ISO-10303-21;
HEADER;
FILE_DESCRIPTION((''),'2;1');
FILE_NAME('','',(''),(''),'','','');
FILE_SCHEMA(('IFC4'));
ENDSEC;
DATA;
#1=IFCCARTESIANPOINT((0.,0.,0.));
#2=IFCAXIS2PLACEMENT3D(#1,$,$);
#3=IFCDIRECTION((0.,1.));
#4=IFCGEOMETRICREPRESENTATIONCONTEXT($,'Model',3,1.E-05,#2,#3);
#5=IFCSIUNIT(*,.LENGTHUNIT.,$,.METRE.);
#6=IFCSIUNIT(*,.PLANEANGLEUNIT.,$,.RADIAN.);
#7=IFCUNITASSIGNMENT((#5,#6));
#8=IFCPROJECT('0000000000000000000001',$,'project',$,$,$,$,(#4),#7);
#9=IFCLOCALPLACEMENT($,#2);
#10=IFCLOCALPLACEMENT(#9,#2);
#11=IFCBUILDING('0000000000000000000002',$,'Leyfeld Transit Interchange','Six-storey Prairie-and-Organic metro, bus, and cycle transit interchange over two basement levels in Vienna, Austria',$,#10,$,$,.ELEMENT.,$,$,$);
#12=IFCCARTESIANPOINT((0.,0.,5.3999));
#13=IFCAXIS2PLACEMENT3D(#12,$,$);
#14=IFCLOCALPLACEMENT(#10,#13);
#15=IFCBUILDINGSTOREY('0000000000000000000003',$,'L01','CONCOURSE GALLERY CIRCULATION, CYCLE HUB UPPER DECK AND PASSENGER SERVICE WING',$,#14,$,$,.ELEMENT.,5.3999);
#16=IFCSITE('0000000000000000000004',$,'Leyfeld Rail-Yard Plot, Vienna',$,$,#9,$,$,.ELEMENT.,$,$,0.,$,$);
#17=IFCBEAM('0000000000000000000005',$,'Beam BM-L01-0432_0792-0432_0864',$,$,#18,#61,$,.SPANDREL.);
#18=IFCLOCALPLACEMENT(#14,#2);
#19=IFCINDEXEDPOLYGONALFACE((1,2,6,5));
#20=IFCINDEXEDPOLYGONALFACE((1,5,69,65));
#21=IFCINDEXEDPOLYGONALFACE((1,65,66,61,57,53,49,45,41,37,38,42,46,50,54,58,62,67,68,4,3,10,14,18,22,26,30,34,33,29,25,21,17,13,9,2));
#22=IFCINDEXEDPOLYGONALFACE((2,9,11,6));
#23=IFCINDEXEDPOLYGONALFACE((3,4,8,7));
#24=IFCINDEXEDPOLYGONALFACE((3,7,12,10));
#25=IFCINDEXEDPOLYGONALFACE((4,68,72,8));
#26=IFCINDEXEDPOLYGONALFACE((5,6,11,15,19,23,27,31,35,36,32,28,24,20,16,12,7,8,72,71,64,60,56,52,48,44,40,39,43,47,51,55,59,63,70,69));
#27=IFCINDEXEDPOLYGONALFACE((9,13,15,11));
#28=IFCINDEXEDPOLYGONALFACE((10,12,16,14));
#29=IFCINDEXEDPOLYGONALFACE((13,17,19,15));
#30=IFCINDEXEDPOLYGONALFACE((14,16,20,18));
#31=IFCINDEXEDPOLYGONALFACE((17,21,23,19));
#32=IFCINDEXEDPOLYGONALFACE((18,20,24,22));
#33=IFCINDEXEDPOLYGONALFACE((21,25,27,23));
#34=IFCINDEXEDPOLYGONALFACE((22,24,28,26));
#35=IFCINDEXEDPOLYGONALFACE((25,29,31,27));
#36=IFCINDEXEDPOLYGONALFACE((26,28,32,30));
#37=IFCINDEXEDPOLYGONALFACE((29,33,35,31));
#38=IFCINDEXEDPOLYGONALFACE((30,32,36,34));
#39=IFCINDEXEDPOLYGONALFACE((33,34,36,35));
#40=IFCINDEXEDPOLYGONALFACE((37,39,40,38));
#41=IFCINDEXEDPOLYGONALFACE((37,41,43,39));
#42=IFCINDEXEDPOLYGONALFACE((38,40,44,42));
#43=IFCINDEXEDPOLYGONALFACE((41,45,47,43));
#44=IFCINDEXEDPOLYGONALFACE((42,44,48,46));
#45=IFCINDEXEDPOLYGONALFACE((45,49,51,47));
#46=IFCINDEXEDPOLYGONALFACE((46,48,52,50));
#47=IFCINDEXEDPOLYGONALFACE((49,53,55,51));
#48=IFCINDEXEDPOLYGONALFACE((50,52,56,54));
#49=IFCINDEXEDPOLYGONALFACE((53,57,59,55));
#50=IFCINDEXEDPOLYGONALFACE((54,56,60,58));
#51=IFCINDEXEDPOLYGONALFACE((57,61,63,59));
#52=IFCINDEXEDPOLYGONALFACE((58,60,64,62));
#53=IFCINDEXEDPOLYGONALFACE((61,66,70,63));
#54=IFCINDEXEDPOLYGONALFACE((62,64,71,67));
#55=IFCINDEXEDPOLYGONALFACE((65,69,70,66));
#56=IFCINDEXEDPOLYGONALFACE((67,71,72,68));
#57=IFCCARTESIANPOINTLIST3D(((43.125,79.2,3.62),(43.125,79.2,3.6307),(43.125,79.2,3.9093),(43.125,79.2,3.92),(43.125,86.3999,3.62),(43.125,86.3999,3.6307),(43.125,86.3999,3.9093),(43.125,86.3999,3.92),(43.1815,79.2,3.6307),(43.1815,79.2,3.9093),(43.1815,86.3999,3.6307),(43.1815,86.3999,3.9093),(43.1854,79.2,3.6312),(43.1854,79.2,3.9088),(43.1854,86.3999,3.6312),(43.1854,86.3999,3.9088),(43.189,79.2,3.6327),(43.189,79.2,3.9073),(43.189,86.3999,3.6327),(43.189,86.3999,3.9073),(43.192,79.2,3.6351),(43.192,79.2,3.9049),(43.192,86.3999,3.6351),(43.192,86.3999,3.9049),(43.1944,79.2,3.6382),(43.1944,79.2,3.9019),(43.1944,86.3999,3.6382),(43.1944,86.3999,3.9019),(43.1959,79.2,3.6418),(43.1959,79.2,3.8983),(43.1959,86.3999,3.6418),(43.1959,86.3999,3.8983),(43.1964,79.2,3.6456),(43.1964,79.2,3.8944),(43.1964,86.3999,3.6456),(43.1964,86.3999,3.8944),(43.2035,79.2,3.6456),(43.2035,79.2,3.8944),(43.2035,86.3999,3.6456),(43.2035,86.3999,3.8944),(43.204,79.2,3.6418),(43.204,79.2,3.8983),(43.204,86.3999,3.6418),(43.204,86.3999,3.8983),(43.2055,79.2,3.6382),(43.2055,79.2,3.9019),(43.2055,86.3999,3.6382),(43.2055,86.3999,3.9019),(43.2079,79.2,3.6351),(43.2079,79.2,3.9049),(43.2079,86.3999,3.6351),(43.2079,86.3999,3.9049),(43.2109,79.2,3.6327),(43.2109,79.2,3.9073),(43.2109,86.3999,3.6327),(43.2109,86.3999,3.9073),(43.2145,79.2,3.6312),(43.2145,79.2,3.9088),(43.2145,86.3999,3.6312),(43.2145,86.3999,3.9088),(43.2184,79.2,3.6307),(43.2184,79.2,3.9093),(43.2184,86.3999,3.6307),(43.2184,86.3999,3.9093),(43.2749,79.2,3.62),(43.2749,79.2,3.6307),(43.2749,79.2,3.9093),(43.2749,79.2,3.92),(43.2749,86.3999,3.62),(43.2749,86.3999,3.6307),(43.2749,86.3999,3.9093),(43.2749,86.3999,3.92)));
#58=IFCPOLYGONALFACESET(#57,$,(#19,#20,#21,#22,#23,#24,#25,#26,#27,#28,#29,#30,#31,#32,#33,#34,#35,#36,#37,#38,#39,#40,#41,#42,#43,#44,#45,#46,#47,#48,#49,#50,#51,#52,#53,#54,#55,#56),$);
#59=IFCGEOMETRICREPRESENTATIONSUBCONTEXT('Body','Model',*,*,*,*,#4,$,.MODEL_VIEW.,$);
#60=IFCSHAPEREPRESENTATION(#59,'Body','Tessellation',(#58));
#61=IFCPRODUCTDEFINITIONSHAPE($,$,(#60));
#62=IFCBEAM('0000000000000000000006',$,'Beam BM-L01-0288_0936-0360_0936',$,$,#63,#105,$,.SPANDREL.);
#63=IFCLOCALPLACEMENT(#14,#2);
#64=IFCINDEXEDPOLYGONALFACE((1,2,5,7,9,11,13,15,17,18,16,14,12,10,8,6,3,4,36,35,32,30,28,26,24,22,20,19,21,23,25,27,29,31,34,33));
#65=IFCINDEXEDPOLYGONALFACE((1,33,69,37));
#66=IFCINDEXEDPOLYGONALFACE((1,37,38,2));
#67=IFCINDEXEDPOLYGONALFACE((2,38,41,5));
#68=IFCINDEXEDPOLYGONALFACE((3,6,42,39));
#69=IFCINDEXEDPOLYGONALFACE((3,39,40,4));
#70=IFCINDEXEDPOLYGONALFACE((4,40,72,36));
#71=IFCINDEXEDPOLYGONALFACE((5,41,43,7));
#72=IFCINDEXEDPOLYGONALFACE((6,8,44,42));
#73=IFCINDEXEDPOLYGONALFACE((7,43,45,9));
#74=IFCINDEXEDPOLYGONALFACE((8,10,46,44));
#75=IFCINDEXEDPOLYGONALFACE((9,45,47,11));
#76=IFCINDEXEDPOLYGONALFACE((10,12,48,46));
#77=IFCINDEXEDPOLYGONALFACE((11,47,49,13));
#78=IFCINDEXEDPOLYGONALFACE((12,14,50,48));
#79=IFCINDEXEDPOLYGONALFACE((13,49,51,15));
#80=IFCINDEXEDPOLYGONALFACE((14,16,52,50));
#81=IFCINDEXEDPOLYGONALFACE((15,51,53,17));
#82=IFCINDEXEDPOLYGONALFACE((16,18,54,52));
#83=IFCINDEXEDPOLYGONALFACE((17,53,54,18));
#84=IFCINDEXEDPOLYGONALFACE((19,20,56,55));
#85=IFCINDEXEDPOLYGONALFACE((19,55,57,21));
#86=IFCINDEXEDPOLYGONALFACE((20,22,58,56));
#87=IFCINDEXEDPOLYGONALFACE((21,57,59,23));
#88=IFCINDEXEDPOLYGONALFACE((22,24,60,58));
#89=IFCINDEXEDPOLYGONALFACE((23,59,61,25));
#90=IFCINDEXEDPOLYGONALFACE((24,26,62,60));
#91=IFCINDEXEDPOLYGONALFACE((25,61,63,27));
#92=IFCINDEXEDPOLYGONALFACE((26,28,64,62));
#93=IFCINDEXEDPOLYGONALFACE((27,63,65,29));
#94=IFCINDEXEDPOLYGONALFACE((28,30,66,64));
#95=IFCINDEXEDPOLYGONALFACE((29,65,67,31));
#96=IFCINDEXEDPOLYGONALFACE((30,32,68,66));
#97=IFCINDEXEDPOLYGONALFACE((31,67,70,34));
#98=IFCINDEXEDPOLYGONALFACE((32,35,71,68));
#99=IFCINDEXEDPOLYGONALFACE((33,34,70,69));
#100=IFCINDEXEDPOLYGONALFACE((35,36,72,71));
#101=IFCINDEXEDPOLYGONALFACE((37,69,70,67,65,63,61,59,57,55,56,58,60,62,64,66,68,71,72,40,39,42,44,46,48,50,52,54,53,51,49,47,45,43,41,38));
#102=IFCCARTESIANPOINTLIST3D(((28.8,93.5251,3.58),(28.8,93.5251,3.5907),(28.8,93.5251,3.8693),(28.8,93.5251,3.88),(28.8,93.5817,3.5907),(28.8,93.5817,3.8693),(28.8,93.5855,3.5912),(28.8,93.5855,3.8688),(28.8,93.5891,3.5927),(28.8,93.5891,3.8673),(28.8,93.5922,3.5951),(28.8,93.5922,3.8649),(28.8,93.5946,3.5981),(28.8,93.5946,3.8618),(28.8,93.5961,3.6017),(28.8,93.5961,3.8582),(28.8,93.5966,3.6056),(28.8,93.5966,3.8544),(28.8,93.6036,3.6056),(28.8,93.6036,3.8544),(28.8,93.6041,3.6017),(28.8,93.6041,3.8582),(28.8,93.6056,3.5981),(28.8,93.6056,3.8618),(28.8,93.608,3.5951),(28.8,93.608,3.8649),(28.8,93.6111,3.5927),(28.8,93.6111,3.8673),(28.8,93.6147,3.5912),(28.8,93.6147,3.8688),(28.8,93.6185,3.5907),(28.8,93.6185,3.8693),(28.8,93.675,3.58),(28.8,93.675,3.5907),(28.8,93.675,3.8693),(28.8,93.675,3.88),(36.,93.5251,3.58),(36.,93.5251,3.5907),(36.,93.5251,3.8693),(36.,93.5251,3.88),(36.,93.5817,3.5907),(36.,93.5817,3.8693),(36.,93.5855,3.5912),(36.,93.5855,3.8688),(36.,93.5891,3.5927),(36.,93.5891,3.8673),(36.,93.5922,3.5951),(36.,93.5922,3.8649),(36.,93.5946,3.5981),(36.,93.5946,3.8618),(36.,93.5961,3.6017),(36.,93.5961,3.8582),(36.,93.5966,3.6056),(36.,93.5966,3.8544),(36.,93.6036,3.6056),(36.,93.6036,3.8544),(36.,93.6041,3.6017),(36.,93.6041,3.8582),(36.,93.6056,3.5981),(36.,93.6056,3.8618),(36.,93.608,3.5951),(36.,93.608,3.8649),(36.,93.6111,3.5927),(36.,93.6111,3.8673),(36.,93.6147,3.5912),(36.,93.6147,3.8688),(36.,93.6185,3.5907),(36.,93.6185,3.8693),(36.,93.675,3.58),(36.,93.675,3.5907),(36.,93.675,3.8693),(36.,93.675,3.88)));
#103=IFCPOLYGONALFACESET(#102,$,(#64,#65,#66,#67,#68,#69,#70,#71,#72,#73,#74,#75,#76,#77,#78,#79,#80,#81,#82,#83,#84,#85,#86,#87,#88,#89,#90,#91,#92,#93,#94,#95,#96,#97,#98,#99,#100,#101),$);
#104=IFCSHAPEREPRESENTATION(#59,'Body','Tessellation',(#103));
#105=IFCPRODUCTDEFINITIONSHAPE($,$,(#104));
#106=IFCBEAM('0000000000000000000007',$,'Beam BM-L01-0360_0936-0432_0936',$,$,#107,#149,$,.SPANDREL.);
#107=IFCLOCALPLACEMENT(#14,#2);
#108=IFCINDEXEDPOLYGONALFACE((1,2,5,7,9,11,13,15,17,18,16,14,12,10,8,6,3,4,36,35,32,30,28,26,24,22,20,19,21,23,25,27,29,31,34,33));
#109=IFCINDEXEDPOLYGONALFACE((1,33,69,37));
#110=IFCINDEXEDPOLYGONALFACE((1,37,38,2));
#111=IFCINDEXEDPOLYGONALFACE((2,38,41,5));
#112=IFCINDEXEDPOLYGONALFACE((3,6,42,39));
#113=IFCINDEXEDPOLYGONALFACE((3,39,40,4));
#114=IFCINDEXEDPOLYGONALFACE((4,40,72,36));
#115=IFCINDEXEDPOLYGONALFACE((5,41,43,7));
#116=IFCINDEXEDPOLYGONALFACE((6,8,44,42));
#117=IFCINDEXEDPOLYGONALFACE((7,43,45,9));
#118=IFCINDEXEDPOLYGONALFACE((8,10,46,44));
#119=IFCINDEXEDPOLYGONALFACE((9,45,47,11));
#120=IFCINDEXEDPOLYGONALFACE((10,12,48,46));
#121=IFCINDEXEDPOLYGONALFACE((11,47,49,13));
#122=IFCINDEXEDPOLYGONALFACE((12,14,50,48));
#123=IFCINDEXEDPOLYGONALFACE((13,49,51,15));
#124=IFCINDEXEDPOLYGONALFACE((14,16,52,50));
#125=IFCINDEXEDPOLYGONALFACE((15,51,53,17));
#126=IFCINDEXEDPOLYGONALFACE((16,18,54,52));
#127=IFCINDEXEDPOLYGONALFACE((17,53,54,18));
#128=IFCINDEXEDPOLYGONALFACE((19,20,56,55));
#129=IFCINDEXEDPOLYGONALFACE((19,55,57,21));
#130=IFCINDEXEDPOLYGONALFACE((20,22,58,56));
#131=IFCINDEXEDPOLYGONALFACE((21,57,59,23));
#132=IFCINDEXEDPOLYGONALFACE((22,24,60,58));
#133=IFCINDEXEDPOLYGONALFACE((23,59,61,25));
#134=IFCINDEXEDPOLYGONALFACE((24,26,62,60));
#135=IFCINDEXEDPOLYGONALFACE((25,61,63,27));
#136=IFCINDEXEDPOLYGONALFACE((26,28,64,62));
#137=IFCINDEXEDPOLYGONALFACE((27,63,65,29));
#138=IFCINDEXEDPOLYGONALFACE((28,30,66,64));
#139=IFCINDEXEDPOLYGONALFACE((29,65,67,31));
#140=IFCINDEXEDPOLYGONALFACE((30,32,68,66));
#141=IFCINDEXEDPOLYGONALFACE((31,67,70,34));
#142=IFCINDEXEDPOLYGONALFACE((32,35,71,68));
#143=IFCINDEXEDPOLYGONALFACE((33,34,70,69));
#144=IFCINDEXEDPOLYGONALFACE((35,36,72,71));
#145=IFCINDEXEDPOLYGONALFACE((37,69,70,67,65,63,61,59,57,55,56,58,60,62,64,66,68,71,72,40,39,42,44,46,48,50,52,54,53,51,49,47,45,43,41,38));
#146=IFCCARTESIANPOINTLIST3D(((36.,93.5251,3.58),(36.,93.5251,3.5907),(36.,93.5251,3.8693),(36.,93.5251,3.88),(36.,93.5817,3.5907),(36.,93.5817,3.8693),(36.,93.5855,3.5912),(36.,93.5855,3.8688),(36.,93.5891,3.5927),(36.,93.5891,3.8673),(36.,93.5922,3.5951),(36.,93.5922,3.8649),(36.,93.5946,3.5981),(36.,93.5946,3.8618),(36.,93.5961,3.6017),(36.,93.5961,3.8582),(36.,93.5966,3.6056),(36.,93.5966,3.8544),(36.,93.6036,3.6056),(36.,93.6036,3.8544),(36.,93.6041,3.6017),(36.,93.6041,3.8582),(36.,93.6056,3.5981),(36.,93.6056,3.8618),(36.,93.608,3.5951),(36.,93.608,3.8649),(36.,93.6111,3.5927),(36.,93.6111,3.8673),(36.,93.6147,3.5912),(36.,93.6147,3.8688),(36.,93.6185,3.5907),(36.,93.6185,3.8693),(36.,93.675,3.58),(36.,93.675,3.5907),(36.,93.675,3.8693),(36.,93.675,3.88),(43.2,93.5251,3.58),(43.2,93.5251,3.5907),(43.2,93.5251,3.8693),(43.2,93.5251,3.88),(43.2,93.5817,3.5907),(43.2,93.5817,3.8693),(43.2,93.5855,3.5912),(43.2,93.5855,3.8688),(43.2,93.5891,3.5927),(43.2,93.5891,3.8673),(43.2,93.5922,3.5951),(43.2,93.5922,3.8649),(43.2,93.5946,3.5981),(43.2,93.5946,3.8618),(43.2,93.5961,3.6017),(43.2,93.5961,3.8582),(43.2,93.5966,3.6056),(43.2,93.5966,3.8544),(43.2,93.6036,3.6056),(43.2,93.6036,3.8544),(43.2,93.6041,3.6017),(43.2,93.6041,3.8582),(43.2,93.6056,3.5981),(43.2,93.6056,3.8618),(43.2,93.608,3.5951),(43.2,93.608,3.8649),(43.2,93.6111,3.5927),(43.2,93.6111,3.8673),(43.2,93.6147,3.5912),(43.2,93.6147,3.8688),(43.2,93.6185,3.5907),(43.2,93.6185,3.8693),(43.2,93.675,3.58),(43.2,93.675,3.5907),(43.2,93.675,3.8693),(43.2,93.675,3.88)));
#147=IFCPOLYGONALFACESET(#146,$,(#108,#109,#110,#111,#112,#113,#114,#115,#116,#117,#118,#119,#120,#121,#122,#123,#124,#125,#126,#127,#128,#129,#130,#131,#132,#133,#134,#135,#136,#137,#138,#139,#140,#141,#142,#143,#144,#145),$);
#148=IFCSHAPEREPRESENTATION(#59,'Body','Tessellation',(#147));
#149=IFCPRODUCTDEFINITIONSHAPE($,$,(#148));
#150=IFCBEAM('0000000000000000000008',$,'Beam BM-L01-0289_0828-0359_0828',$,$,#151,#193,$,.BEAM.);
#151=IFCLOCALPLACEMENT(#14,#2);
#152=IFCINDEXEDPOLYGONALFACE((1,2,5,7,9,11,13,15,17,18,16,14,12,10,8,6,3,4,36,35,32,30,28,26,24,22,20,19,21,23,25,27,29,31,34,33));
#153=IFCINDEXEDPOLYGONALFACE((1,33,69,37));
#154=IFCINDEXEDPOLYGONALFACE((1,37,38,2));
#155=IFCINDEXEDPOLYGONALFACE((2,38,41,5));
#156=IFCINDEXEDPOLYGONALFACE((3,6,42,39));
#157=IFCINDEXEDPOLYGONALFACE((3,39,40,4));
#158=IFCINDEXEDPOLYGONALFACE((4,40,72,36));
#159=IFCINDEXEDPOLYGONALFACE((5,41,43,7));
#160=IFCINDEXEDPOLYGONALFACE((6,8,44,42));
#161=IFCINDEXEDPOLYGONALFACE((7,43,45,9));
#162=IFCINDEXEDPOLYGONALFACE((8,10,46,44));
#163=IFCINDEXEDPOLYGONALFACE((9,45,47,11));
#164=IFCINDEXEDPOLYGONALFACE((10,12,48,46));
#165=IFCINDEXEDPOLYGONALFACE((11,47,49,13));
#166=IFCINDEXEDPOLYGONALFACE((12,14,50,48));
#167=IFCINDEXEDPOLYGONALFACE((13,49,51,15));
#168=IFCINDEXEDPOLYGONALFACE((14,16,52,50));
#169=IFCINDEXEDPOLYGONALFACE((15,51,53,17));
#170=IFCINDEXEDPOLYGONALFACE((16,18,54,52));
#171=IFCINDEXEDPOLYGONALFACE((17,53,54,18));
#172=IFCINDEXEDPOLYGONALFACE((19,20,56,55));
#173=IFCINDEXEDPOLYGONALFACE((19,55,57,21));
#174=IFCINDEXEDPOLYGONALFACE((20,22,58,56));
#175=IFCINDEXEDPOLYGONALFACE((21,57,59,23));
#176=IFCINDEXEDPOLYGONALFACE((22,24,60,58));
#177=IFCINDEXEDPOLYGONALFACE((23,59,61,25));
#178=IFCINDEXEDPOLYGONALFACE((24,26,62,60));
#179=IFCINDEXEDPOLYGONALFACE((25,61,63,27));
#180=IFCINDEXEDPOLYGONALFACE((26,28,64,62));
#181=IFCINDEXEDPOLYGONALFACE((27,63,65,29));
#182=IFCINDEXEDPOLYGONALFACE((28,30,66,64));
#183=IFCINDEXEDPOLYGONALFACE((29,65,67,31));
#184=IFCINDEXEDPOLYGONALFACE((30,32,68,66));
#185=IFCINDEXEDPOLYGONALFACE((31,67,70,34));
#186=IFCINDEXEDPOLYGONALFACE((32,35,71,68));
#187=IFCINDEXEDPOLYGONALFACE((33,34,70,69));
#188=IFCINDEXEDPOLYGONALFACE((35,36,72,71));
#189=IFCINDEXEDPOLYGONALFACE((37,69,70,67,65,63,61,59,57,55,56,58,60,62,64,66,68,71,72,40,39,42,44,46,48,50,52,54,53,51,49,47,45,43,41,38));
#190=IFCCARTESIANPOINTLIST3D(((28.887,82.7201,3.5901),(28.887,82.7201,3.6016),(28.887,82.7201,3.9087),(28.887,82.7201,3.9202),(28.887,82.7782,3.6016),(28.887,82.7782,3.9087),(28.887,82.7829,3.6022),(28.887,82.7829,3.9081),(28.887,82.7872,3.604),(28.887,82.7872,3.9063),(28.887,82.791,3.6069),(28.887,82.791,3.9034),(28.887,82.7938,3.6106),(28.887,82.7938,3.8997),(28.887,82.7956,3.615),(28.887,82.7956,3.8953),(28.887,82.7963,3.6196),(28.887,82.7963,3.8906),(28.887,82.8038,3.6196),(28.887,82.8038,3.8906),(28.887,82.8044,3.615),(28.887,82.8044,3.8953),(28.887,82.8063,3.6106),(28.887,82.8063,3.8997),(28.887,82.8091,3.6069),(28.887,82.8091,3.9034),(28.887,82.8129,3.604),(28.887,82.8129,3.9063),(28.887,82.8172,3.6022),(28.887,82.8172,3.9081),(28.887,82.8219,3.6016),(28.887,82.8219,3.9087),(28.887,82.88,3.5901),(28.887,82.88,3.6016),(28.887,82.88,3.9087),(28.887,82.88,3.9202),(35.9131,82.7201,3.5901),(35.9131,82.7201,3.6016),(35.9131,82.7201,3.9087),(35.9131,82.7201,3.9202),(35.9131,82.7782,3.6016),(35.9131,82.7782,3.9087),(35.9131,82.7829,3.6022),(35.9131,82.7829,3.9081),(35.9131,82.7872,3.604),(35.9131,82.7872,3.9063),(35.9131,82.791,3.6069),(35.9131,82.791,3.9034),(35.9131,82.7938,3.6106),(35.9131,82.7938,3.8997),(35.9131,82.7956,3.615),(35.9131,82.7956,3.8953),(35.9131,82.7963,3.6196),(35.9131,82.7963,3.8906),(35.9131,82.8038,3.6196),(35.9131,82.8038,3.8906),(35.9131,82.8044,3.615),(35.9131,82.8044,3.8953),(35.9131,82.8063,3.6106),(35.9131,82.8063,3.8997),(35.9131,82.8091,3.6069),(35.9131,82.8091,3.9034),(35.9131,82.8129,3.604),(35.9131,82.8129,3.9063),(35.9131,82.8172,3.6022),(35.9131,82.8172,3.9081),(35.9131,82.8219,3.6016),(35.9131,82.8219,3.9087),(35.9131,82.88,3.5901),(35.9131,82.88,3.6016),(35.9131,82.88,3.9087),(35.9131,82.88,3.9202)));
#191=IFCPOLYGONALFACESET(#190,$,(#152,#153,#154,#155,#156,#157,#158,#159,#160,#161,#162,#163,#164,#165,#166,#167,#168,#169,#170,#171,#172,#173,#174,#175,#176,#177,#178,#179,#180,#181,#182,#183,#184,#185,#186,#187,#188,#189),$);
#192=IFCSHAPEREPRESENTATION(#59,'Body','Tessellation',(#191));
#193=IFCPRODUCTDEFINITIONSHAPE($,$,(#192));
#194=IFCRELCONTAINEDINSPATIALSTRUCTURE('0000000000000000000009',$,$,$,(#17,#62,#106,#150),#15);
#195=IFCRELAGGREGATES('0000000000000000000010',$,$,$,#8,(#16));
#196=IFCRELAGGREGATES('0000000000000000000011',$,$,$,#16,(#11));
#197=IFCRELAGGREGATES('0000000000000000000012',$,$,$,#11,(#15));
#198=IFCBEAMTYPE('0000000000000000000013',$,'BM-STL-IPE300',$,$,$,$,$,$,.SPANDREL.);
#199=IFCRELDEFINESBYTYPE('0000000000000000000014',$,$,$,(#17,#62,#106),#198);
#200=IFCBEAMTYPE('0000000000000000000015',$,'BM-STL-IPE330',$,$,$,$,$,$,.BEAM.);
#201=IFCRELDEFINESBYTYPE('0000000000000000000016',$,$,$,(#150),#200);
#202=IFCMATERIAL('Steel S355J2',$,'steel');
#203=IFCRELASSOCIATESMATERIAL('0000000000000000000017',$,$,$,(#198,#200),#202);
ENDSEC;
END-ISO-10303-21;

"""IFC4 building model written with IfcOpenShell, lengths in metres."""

from ifc_helpers import new_model, si_unit, direction, frame, origin, origin_2d, place, context, subcontext, project, spatial, i_section, extrude, material, material_profile, profile_set, type_object, element, save


model = new_model("IFC4")

# Units and contexts
model_context = context("Model", 3, precision=1e-05, world=origin(), true_north=direction((0.0, 1.0)))
body_context = subcontext(model_context, "Body", "Model", "MODEL_VIEW")
ifc_project = project(units=[si_unit("LENGTHUNIT", "METRE"), si_unit("PLANEANGLEUNIT", "RADIAN")], contexts=[model_context])

# Site, building, storey
site_placement = place(None, origin())
site = spatial("IfcSite", under=ifc_project, at=site_placement, Name="Leyfeld Rail-Yard Plot, Vienna", CompositionType="ELEMENT", RefElevation=0.0)
building_placement = place(site_placement, origin())
building = spatial("IfcBuilding", under=site, at=building_placement, Name="Leyfeld Transit Interchange", Description="Six-storey Prairie-and-Organic metro, bus, and cycle transit interchange over two basement levels in Vienna, Austria", CompositionType="ELEMENT")
storey_placement = place(building_placement, frame((0.0, 0.0, 5.3999)))
storey = spatial("IfcBuildingStorey", under=building, at=storey_placement, Name="L01", Description="CONCOURSE GALLERY CIRCULATION, CYCLE HUB UPPER DECK AND PASSENGER SERVICE WING", CompositionType="ELEMENT", Elevation=5.3999)

# Beams
ifc_material_1 = material(Name="Steel S355J2", Category="steel")
ifc_material_profile_1 = material_profile(ifc_material_1, i_section(OverallWidth=0.1499, OverallDepth=0.3, WebThickness=0.0071, FlangeThickness=0.0107, FilletRadius=0.0149, at=origin_2d()), Name="IPE 300")
ifc_profile_set_1 = profile_set([ifc_material_profile_1], Name="Steel S355J2")
beam_type_1 = type_object("IfcBeamType", Name="BM-STL-IPE300", PredefinedType="SPANDREL", material=ifc_profile_set_1)
for number, where, z_axis, x_axis, name in (
    (1, (43.2, 79.2, 3.77), (0.0, 1.0, 0.0), (-1.0, 0.0, 0.0), "Beam BM-L01-0432_0792-0432_0864"),
    (2, (28.8, 93.6001, 3.73), (1.0, 0.0, 0.0), (0.0, 1.0, 0.0), "Beam BM-L01-0288_0936-0360_0936"),
    (3, (36.0, 93.6001, 3.73), (1.0, 0.0, 0.0), (0.0, 1.0, 0.0), "Beam BM-L01-0360_0936-0432_0936"),
):
    element("IfcBeam", number, at=place(storey_placement, frame(where, z_axis=z_axis, x_axis=x_axis)), inside=storey, type_object=beam_type_1, Name=name, PredefinedType="SPANDREL", context=body_context, shape_type="SweptSolid", body=[
        extrude(i_section(OverallWidth=0.1499, OverallDepth=0.3, WebThickness=0.0071, FlangeThickness=0.0107, FilletRadius=0.0149, at=origin_2d()), origin(), (0.0, 0.0, 1.0), 7.2),
    ])
ifc_material_profile_2 = material_profile(ifc_material_1, i_section(OverallWidth=0.1599, OverallDepth=0.3301, WebThickness=0.0076, FlangeThickness=0.0115, FilletRadius=0.0181, at=origin_2d()), Name="IPE 330")
ifc_profile_set_2 = profile_set([ifc_material_profile_2], Name="Steel S355J2")
beam_type_2 = type_object("IfcBeamType", Name="BM-STL-IPE330", PredefinedType="BEAM", material=ifc_profile_set_2)
beam_1_placement = place(storey_placement, frame((28.887, 82.8, 3.7551), z_axis=(1.0, 0.0, 0.0), x_axis=(0.0, 1.0, 0.0)))
element("IfcBeam", 4, at=beam_1_placement, inside=storey, type_object=beam_type_2, Name="Beam BM-L01-0289_0828-0359_0828", PredefinedType="BEAM", context=body_context, shape_type="SweptSolid", body=[
    extrude(i_section(OverallWidth=0.1599, OverallDepth=0.3301, WebThickness=0.0076, FlangeThickness=0.0115, FilletRadius=0.0181, at=origin_2d()), origin(), (0.0, 0.0, 1.0), 7.0261),
])

save(model, "model.ifc")
